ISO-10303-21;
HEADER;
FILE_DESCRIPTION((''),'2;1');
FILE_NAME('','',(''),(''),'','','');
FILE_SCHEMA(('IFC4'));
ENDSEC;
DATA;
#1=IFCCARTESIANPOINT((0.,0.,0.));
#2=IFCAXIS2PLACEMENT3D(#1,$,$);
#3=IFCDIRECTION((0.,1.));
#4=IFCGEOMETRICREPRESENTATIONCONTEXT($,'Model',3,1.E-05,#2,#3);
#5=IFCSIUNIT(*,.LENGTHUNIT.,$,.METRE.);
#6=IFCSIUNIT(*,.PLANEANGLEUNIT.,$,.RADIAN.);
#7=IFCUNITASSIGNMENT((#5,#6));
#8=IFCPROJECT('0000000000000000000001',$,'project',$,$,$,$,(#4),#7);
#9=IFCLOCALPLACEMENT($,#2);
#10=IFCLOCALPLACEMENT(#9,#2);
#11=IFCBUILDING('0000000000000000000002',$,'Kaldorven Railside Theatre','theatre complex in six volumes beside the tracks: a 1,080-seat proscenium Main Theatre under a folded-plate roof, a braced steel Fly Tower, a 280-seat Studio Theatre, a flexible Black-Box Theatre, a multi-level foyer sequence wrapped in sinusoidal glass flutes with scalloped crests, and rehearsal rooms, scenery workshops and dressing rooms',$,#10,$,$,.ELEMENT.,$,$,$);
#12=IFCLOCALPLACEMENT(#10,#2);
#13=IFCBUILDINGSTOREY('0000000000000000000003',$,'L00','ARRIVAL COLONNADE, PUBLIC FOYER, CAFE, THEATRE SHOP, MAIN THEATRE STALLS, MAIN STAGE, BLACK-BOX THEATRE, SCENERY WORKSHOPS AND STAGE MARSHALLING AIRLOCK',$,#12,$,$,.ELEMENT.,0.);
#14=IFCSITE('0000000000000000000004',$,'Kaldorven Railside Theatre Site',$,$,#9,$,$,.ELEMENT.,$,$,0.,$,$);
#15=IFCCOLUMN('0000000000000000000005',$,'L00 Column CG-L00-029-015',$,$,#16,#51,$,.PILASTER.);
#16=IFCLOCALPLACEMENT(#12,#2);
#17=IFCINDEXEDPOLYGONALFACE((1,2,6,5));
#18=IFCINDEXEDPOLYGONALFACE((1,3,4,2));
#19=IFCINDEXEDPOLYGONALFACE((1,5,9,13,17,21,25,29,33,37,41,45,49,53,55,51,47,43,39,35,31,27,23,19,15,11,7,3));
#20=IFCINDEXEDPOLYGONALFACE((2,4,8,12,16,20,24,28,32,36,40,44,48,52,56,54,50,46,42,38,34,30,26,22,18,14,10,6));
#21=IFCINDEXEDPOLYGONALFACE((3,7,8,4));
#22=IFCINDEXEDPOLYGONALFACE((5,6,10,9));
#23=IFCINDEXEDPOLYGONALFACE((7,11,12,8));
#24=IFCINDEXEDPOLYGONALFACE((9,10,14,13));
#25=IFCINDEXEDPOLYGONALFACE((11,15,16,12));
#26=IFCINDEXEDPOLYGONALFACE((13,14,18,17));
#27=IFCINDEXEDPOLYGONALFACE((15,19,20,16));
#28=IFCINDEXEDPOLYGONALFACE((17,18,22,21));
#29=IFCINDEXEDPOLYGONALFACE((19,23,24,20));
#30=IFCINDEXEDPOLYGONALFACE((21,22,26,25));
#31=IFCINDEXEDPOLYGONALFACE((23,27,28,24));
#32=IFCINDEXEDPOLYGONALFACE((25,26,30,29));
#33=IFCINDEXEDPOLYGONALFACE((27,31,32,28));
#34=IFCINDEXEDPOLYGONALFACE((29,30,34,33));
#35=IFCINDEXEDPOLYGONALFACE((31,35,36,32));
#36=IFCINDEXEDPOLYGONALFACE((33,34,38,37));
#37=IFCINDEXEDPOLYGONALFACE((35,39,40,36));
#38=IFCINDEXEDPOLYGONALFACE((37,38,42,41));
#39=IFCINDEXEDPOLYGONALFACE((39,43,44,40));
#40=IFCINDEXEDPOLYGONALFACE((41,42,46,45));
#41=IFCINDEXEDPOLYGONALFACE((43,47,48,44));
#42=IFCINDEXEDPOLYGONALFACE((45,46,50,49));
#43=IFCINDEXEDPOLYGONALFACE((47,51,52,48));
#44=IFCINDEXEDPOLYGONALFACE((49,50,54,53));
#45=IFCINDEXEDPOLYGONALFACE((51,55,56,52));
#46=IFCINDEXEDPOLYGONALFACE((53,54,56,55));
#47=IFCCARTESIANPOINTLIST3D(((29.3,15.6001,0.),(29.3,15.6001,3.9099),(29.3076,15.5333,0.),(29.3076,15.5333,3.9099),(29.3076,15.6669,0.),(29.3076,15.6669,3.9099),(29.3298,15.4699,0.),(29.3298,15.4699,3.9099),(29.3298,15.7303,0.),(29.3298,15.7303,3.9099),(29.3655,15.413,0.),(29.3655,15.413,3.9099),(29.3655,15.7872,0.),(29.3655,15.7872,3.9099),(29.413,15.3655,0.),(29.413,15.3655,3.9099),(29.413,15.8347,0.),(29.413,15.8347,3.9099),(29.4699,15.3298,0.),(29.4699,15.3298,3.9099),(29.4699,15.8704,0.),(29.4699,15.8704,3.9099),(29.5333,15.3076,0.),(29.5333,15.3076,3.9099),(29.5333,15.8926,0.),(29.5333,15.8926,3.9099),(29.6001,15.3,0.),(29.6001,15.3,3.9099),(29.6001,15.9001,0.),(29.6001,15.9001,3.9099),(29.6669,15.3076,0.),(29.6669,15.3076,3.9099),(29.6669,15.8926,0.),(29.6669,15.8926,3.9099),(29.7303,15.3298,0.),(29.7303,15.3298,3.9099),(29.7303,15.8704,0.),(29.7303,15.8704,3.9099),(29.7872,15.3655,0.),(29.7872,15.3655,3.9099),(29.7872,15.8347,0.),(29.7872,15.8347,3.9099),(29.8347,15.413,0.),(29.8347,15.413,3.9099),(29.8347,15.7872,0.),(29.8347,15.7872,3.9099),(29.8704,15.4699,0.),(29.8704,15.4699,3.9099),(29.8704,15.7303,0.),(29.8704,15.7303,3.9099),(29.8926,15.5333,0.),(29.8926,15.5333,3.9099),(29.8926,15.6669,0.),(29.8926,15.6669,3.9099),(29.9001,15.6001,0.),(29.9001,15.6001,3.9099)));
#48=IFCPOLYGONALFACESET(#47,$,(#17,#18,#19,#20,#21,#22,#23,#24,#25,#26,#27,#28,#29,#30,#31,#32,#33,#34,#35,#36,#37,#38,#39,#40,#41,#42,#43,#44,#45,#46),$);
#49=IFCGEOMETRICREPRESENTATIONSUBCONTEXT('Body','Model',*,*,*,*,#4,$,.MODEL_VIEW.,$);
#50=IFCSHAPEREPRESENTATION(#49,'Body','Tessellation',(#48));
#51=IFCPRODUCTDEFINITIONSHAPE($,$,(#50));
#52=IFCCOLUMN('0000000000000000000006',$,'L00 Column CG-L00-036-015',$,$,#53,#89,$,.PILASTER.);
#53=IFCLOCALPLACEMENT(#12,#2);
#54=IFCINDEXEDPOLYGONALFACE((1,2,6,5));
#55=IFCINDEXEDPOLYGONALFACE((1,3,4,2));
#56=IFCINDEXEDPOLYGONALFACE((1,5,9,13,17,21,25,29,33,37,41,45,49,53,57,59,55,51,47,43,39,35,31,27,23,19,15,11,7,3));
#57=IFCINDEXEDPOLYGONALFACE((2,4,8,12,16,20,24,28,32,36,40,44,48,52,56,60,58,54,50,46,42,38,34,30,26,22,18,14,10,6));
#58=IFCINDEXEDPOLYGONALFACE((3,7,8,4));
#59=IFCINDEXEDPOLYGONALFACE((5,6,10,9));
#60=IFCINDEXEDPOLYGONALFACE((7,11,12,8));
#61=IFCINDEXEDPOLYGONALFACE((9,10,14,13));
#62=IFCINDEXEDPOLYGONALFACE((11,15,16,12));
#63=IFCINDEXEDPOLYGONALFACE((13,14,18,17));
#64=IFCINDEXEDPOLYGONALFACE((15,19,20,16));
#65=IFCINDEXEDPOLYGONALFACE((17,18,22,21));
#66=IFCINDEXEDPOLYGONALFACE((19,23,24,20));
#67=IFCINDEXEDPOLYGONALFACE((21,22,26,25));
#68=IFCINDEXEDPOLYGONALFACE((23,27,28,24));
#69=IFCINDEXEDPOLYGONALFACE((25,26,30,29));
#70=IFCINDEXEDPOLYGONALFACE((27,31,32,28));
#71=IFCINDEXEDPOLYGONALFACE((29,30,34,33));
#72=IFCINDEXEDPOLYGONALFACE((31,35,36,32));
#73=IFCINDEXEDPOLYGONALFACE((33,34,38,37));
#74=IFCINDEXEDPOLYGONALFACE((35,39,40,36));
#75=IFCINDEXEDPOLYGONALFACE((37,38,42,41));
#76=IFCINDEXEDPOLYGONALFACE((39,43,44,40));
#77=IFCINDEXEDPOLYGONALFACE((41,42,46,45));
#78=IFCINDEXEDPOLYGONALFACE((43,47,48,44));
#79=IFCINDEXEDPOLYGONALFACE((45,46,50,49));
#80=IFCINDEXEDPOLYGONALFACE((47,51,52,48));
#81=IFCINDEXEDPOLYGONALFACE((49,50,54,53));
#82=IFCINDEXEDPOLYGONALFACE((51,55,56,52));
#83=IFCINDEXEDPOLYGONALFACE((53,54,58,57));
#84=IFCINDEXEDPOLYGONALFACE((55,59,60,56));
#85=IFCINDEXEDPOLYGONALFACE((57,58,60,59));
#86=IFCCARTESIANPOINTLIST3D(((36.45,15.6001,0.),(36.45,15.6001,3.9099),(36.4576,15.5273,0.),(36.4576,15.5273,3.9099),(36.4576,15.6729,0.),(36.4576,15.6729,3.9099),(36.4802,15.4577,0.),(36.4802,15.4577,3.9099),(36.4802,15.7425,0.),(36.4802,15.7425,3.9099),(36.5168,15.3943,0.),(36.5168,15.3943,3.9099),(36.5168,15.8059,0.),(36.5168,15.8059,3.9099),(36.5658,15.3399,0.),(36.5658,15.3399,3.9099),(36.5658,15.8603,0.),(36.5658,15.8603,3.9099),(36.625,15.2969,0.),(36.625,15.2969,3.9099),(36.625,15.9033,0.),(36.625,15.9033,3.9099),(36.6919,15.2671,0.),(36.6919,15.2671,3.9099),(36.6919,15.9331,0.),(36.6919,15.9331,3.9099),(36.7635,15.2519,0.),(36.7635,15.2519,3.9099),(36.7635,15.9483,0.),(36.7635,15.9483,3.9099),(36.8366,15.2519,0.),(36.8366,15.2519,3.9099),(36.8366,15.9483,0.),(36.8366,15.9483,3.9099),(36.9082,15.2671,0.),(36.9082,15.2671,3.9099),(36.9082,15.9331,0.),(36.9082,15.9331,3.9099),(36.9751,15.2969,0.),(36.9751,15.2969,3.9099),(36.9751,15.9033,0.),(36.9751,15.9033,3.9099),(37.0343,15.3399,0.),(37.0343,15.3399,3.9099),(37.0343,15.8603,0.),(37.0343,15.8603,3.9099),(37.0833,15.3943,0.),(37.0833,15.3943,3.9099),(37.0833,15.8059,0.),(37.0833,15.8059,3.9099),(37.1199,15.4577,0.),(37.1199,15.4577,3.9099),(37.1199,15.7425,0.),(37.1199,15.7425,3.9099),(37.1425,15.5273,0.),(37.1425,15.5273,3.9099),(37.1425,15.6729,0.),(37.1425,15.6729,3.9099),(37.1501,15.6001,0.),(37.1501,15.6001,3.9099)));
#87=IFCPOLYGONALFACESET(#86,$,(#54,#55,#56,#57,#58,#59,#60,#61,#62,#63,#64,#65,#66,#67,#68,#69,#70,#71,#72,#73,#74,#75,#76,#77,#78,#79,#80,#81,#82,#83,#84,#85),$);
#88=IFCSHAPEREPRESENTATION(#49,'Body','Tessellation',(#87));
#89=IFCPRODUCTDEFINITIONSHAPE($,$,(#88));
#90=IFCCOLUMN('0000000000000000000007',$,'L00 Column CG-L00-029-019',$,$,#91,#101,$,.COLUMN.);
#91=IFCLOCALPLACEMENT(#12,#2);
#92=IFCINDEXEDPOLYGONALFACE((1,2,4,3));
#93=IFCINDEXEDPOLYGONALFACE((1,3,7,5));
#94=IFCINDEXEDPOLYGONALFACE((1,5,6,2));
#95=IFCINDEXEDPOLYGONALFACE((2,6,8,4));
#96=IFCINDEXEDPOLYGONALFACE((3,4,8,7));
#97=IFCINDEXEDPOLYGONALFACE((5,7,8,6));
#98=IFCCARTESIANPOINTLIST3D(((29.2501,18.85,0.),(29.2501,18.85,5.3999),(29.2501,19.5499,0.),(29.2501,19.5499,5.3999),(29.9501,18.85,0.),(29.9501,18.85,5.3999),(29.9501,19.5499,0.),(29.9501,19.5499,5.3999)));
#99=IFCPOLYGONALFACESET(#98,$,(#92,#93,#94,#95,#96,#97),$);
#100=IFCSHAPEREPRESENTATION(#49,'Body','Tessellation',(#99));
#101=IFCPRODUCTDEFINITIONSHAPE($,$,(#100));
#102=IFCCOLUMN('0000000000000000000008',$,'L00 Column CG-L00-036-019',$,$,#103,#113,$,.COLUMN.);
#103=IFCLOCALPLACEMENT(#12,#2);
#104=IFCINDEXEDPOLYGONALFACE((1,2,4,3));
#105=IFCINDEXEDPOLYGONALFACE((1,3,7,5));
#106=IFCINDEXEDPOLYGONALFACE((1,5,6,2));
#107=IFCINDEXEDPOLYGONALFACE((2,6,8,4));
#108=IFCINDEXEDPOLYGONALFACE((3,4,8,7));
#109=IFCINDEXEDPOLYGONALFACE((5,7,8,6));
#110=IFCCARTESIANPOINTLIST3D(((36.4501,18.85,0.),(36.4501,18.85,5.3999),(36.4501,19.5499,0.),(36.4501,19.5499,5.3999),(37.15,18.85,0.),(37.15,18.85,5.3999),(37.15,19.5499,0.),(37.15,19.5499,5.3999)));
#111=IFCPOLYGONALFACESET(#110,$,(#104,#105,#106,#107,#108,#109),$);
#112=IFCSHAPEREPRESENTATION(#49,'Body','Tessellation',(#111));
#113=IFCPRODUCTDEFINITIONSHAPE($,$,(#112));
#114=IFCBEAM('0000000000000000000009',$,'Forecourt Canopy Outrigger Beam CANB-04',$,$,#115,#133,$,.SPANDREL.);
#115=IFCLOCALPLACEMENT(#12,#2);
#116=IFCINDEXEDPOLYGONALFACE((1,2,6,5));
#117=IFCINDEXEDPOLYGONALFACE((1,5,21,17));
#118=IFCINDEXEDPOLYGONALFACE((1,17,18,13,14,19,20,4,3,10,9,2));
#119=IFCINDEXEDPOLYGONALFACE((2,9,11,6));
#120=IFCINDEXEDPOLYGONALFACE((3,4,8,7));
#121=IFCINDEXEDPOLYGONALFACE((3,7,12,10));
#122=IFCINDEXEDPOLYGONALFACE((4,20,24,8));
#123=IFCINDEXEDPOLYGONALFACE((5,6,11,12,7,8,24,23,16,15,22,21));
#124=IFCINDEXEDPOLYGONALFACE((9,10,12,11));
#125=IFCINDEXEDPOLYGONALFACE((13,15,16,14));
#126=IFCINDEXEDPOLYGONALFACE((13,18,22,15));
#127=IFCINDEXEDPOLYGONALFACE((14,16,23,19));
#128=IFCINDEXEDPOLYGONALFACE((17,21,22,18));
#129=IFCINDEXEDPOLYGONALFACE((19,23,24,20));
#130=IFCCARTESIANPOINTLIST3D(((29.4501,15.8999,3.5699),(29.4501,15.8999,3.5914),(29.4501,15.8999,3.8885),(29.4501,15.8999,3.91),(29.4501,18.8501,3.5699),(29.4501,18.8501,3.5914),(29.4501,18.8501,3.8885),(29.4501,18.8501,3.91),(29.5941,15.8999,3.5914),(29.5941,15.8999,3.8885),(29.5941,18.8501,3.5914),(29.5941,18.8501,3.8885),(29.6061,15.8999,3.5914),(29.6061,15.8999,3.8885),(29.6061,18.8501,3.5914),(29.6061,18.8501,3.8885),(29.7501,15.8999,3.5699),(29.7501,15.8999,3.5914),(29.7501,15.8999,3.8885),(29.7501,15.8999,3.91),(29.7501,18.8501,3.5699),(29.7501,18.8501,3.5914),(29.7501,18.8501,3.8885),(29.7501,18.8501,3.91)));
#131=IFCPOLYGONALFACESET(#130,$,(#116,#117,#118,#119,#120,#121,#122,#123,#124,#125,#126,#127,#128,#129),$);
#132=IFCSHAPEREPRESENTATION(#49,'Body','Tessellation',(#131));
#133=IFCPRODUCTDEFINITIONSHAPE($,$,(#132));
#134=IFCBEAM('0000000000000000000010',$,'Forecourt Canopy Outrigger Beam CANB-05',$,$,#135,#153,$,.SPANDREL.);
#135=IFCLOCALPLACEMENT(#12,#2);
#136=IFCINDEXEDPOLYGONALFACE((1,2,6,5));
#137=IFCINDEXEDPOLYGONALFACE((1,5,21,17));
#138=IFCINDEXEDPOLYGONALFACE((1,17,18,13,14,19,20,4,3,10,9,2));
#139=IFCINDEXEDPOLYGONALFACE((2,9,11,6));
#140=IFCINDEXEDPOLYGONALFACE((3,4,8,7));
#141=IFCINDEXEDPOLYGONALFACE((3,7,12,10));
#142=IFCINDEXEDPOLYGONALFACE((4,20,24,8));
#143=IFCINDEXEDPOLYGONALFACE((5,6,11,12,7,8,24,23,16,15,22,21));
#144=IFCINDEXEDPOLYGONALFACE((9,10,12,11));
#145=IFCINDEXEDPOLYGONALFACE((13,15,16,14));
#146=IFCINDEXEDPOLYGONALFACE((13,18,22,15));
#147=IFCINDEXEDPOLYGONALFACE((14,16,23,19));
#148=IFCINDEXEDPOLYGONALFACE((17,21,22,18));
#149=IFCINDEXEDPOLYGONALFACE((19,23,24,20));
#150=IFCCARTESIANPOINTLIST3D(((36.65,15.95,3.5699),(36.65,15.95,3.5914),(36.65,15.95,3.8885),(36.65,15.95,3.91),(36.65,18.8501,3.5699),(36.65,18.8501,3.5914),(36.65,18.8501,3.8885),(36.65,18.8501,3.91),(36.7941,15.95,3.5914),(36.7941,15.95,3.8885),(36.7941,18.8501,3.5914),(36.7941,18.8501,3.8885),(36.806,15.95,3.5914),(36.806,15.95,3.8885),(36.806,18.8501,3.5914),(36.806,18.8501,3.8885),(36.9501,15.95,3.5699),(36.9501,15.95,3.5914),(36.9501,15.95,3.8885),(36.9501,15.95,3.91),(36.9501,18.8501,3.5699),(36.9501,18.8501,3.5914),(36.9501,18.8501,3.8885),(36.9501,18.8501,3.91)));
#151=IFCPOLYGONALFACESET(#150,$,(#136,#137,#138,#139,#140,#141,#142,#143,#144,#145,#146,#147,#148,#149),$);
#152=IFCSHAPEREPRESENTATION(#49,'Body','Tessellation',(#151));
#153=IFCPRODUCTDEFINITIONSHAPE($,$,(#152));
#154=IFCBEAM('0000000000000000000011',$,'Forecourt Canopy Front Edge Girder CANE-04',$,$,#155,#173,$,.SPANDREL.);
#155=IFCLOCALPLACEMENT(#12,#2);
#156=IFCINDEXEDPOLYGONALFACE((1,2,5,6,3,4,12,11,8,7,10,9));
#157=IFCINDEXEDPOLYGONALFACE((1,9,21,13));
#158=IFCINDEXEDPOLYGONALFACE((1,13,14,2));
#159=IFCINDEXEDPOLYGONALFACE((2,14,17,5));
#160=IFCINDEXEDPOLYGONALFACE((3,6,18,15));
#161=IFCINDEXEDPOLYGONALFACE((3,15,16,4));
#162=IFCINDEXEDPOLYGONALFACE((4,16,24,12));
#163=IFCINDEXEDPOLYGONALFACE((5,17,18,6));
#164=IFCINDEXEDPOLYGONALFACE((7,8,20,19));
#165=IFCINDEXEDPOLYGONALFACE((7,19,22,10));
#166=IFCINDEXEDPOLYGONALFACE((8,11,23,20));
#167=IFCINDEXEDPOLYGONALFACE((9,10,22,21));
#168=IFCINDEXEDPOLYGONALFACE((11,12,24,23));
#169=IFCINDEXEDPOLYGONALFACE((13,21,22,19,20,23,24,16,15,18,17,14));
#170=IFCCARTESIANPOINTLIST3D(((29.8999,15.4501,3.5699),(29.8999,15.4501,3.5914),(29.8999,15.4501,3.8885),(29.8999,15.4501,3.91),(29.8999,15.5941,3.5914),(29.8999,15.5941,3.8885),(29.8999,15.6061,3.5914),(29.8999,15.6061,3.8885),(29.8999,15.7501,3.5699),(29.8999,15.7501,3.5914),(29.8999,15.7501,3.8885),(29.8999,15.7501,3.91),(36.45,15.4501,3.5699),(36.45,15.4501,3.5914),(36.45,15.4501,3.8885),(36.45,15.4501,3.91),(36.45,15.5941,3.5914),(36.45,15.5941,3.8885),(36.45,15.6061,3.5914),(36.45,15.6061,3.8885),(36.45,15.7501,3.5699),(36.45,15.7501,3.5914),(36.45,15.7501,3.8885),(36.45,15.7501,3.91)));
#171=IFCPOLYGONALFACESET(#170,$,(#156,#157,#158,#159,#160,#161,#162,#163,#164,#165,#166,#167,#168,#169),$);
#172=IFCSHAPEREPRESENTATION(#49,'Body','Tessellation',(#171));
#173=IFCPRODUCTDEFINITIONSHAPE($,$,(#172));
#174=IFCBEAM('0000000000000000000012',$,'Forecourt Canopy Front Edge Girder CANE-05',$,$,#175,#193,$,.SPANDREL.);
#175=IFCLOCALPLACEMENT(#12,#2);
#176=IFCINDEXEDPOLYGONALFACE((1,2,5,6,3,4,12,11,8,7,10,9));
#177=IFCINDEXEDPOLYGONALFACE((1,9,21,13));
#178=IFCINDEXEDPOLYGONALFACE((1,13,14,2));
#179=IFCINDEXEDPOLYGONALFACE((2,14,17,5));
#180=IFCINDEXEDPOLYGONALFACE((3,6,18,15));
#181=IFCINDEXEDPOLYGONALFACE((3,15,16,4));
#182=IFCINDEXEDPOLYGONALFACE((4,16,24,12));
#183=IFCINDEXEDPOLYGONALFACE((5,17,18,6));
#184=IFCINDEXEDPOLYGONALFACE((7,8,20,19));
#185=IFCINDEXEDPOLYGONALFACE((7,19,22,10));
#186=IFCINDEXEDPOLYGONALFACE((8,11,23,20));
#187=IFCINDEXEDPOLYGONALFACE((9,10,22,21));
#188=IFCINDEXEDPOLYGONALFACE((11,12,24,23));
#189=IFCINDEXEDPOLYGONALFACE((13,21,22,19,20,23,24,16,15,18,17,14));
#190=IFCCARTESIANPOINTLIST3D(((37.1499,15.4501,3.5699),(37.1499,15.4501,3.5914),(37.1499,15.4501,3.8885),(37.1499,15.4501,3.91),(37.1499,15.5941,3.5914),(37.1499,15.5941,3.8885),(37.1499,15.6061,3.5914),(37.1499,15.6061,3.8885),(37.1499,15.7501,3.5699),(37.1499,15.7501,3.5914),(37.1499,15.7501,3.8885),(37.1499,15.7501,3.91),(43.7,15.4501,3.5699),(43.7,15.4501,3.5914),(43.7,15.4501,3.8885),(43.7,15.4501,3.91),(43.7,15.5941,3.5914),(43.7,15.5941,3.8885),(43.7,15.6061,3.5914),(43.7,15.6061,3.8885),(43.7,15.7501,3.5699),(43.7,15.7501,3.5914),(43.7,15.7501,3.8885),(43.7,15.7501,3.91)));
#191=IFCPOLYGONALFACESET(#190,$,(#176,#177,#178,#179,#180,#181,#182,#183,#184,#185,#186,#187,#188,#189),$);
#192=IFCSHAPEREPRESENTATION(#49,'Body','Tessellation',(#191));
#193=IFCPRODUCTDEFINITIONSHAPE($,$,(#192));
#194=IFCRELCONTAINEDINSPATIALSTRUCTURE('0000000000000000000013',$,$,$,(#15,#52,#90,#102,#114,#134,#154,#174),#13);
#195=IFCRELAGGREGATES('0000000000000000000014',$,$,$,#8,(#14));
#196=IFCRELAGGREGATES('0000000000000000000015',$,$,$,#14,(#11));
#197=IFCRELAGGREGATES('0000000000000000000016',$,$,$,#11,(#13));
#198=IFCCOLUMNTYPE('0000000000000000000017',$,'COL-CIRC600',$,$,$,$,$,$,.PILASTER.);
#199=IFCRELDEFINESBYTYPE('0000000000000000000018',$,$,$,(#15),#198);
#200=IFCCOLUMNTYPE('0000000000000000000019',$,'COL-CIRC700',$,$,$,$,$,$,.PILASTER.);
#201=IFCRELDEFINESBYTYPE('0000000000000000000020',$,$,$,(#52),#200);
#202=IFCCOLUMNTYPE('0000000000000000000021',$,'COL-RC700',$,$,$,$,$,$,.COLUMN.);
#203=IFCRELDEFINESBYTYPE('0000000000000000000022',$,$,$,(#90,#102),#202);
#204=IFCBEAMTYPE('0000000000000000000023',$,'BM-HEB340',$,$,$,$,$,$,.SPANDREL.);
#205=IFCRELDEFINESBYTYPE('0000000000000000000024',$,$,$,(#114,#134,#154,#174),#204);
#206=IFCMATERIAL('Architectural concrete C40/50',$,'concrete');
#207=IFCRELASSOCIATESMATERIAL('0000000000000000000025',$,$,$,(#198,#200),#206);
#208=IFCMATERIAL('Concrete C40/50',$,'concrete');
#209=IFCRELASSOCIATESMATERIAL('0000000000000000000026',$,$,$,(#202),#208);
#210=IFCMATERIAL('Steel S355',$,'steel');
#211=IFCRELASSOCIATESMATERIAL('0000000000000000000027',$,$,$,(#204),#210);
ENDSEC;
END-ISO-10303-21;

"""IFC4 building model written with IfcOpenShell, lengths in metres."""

from ifc_helpers import new_model, si_unit, direction, frame, origin, origin_2d, place, context, subcontext, project, spatial, rectangle, circle, i_section, extrude, material, material_profile, profile_set, type_object, element, save


model = new_model("IFC4")

# Units and contexts
model_context = context("Model", 3, precision=1e-05, world=origin(), true_north=direction((0.0, 1.0)))
body_context = subcontext(model_context, "Body", "Model", "MODEL_VIEW")
ifc_project = project(units=[si_unit("LENGTHUNIT", "METRE"), si_unit("PLANEANGLEUNIT", "RADIAN")], contexts=[model_context])

# Site, building, storey
site_placement = place(None, origin())
site = spatial("IfcSite", under=ifc_project, at=site_placement, Name="Kaldorven Railside Theatre Site", CompositionType="ELEMENT", RefElevation=0.0)
building_placement = place(site_placement, origin())
building = spatial("IfcBuilding", under=site, at=building_placement, Name="Kaldorven Railside Theatre", Description="theatre complex in six volumes beside the tracks: a 1,080-seat proscenium Main Theatre under a folded-plate roof, a braced steel Fly Tower, a 280-seat Studio Theatre, a flexible Black-Box Theatre, a multi-level foyer sequence wrapped in sinusoidal glass flutes with scalloped crests, and rehearsal rooms, scenery workshops and dressing rooms", CompositionType="ELEMENT")
storey_placement = place(building_placement, origin())
storey = spatial("IfcBuildingStorey", under=building, at=storey_placement, Name="L00", Description="ARRIVAL COLONNADE, PUBLIC FOYER, CAFE, THEATRE SHOP, MAIN THEATRE STALLS, MAIN STAGE, BLACK-BOX THEATRE, SCENERY WORKSHOPS AND STAGE MARSHALLING AIRLOCK", CompositionType="ELEMENT", Elevation=0.0)

# Columns
ifc_material_1 = material(Name="Architectural concrete C40/50", Category="concrete")
ifc_material_profile_1 = material_profile(ifc_material_1, circle(Radius=0.3, at=origin_2d()), Name="RC D600")
ifc_profile_set_1 = profile_set([ifc_material_profile_1], Name="Architectural concrete C40/50")
column_type_1 = type_object("IfcColumnType", Name="COL-CIRC600", PredefinedType="PILASTER", material=ifc_profile_set_1)
column_1_placement = place(storey_placement, frame((29.6001, 15.6001, 0.0), z_axis=(0.0, 0.0, 1.0), x_axis=(1.0, 0.0, 0.0)))
element("IfcColumn", 1, at=column_1_placement, inside=storey, type_object=column_type_1, Name="L00 Column CG-L00-029-015", PredefinedType="PILASTER", context=body_context, shape_type="SweptSolid", body=[
    extrude(circle(Radius=0.3, at=origin_2d()), origin(), (0.0, 0.0, 1.0), 3.9099),
])
ifc_material_profile_2 = material_profile(ifc_material_1, circle(Radius=0.3501, at=origin_2d()), Name="RC D700")
ifc_profile_set_2 = profile_set([ifc_material_profile_2], Name="Architectural concrete C40/50")
column_type_2 = type_object("IfcColumnType", Name="COL-CIRC700", PredefinedType="PILASTER", material=ifc_profile_set_2)
column_2_placement = place(storey_placement, frame((36.8, 15.6001, 0.0), z_axis=(0.0, 0.0, 1.0), x_axis=(1.0, 0.0, 0.0)))
element("IfcColumn", 2, at=column_2_placement, inside=storey, type_object=column_type_2, Name="L00 Column CG-L00-036-015", PredefinedType="PILASTER", context=body_context, shape_type="SweptSolid", body=[
    extrude(circle(Radius=0.3501, at=origin_2d()), origin(), (0.0, 0.0, 1.0), 3.9099),
])
ifc_material_2 = material(Name="Concrete C40/50", Category="concrete")
ifc_material_profile_3 = material_profile(ifc_material_2, rectangle(XDim=0.7, YDim=0.7, at=origin_2d()), Name="RC 700x700")
ifc_profile_set_3 = profile_set([ifc_material_profile_3], Name="Concrete C40/50")
column_type_3 = type_object("IfcColumnType", Name="COL-RC700", PredefinedType="COLUMN", material=ifc_profile_set_3)
for number, where, z_axis, x_axis, name in (
    (3, (29.6001, 19.2, 0.0), (0.0, 0.0, 1.0), (1.0, 0.0, 0.0), "L00 Column CG-L00-029-019"),
    (4, (36.8, 19.2, 0.0), (0.0, 0.0, 1.0), (1.0, 0.0, 0.0), "L00 Column CG-L00-036-019"),
):
    element("IfcColumn", number, at=place(storey_placement, frame(where, z_axis=z_axis, x_axis=x_axis)), inside=storey, type_object=column_type_3, Name=name, PredefinedType="COLUMN", context=body_context, shape_type="SweptSolid", body=[
        extrude(rectangle(XDim=0.7, YDim=0.7, at=origin_2d()), origin(), (0.0, 0.0, 1.0), 5.3999),
    ])

# Beams
ifc_material_3 = material(Name="Steel S355", Category="steel")
ifc_material_profile_4 = material_profile(ifc_material_3, i_section(OverallWidth=0.3, OverallDepth=0.3401, WebThickness=0.012, FlangeThickness=0.0215, at=origin_2d()), Name="HEB 340")
ifc_profile_set_4 = profile_set([ifc_material_profile_4], Name="Steel S355")
beam_type_1 = type_object("IfcBeamType", Name="BM-HEB340", PredefinedType="SPANDREL", material=ifc_profile_set_4)
beam_1_placement = place(storey_placement, frame((29.6001, 15.8999, 3.74), z_axis=(0.0, 1.0, 0.0), x_axis=(-1.0, 0.0, 0.0)))
element("IfcBeam", 5, at=beam_1_placement, inside=storey, type_object=beam_type_1, Name="Forecourt Canopy Outrigger Beam CANB-04", PredefinedType="SPANDREL", context=body_context, shape_type="SweptSolid", body=[
    extrude(i_section(OverallWidth=0.3, OverallDepth=0.3401, WebThickness=0.012, FlangeThickness=0.0215, at=origin_2d()), origin(), (0.0, 0.0, 1.0), 2.9502),
])
beam_2_placement = place(storey_placement, frame((36.8, 15.95, 3.74), z_axis=(0.0, 1.0, 0.0), x_axis=(-1.0, 0.0, 0.0)))
element("IfcBeam", 6, at=beam_2_placement, inside=storey, type_object=beam_type_1, Name="Forecourt Canopy Outrigger Beam CANB-05", PredefinedType="SPANDREL", context=body_context, shape_type="SweptSolid", body=[
    extrude(i_section(OverallWidth=0.3, OverallDepth=0.3401, WebThickness=0.012, FlangeThickness=0.0215, at=origin_2d()), origin(), (0.0, 0.0, 1.0), 2.9001),
])
for number, where, z_axis, x_axis, name in (
    (7, (29.8999, 15.6001, 3.74), (1.0, 0.0, 0.0), (0.0, 1.0, 0.0), "Forecourt Canopy Front Edge Girder CANE-04"),
    (8, (37.1499, 15.6001, 3.74), (1.0, 0.0, 0.0), (0.0, 1.0, 0.0), "Forecourt Canopy Front Edge Girder CANE-05"),
):
    element("IfcBeam", number, at=place(storey_placement, frame(where, z_axis=z_axis, x_axis=x_axis)), inside=storey, type_object=beam_type_1, Name=name, PredefinedType="SPANDREL", context=body_context, shape_type="SweptSolid", body=[
        extrude(i_section(OverallWidth=0.3, OverallDepth=0.3401, WebThickness=0.012, FlangeThickness=0.0215, at=origin_2d()), origin(), (0.0, 0.0, 1.0), 6.55),
    ])

save(model, "model.ifc")
